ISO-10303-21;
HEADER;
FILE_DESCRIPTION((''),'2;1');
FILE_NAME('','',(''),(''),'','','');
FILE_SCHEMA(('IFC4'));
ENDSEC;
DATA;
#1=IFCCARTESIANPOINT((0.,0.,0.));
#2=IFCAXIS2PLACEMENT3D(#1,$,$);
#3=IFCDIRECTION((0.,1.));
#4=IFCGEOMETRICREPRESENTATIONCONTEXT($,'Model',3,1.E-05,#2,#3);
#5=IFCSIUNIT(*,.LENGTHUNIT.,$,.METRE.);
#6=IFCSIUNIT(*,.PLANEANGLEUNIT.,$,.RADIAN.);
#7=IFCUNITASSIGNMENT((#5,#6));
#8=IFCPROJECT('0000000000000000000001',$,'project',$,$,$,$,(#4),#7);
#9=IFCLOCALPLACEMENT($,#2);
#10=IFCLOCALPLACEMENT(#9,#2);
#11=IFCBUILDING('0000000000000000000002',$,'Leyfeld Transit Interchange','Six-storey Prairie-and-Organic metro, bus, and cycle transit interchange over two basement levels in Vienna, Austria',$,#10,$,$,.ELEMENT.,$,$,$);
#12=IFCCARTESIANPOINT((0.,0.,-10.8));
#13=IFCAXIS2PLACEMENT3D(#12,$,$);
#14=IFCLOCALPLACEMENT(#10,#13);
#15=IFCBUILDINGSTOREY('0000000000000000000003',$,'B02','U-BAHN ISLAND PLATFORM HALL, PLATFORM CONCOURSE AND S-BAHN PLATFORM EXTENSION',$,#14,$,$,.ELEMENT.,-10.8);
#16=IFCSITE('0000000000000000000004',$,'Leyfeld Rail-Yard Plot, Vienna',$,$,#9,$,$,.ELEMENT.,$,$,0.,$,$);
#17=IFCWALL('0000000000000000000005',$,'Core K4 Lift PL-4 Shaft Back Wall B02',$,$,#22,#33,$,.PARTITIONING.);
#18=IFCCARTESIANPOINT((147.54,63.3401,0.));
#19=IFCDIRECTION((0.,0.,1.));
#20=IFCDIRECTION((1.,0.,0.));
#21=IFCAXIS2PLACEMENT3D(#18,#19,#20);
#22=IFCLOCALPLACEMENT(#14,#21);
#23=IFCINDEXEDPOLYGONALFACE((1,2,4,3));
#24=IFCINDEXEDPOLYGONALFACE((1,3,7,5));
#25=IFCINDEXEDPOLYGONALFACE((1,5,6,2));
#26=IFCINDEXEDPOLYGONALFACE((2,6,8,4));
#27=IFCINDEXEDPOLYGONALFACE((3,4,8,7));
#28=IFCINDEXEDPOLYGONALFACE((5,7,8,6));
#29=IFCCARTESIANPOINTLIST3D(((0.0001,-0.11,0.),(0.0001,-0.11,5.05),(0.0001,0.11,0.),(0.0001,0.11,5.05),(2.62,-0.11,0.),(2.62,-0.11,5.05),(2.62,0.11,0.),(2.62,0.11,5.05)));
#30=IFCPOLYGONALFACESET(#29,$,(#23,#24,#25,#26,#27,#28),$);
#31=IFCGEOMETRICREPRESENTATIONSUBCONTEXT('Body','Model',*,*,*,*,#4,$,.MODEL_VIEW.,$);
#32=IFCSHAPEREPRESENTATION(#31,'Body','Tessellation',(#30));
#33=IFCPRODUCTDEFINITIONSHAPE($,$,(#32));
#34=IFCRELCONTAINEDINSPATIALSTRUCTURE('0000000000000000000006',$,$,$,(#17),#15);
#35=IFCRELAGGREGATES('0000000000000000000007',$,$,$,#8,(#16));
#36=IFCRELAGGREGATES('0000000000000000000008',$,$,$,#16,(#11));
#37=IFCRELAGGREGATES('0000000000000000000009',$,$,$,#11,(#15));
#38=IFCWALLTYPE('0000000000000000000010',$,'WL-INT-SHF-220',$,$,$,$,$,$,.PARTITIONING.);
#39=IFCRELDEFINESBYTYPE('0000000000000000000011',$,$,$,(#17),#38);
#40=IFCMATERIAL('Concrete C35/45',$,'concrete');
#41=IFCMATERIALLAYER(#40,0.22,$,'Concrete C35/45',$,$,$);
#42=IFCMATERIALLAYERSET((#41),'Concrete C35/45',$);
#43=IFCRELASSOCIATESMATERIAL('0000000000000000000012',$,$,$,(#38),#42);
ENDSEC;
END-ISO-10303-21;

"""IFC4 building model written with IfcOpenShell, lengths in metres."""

from ifc_helpers import new_model, si_unit, direction, frame, frame_2d, origin, place, context, subcontext, project, spatial, rectangle, extrude, material, layer, layer_set, type_object, element, save


model = new_model("IFC4")

# Units and contexts
model_context = context("Model", 3, precision=1e-05, world=origin(), true_north=direction((0.0, 1.0)))
body_context = subcontext(model_context, "Body", "Model", "MODEL_VIEW")
ifc_project = project(units=[si_unit("LENGTHUNIT", "METRE"), si_unit("PLANEANGLEUNIT", "RADIAN")], contexts=[model_context])

# Site, building, storey
site_placement = place(None, origin())
site = spatial("IfcSite", under=ifc_project, at=site_placement, Name="Leyfeld Rail-Yard Plot, Vienna", CompositionType="ELEMENT", RefElevation=0.0)
building_placement = place(site_placement, origin())
building = spatial("IfcBuilding", under=site, at=building_placement, Name="Leyfeld Transit Interchange", Description="Six-storey Prairie-and-Organic metro, bus, and cycle transit interchange over two basement levels in Vienna, Austria", CompositionType="ELEMENT")
storey_placement = place(building_placement, frame((0.0, 0.0, -10.8)))
storey = spatial("IfcBuildingStorey", under=building, at=storey_placement, Name="B02", Description="U-BAHN ISLAND PLATFORM HALL, PLATFORM CONCOURSE AND S-BAHN PLATFORM EXTENSION", CompositionType="ELEMENT", Elevation=-10.8)

# Shared definitions
ifc_material_1 = material(Name="Concrete C35/45", Category="concrete")

# Shared definitions
ifc_layer_1 = layer(ifc_material_1, 0.22, Name="Concrete C35/45")
ifc_layer_set_1 = layer_set([ifc_layer_1], Name="Concrete C35/45")
wall_type_1 = type_object("IfcWallType", Name="WL-INT-SHF-220", PredefinedType="PARTITIONING", material=ifc_layer_set_1)

# Wall
wall_1_placement = place(storey_placement, frame((147.54, 63.3401, 0.0), z_axis=(0.0, 0.0, 1.0), x_axis=(1.0, 0.0, 0.0)))
element("IfcWall", 1, at=wall_1_placement, inside=storey, type_object=wall_type_1, Name="Core K4 Lift PL-4 Shaft Back Wall B02", PredefinedType="PARTITIONING", context=body_context, shape_type="SweptSolid", body=[
    extrude(rectangle(XDim=2.6199, YDim=0.22, at=frame_2d((1.3101, 0.0))), origin(), (0.0, 0.0, 1.0), 5.05),
])

save(model, "model.ifc")
